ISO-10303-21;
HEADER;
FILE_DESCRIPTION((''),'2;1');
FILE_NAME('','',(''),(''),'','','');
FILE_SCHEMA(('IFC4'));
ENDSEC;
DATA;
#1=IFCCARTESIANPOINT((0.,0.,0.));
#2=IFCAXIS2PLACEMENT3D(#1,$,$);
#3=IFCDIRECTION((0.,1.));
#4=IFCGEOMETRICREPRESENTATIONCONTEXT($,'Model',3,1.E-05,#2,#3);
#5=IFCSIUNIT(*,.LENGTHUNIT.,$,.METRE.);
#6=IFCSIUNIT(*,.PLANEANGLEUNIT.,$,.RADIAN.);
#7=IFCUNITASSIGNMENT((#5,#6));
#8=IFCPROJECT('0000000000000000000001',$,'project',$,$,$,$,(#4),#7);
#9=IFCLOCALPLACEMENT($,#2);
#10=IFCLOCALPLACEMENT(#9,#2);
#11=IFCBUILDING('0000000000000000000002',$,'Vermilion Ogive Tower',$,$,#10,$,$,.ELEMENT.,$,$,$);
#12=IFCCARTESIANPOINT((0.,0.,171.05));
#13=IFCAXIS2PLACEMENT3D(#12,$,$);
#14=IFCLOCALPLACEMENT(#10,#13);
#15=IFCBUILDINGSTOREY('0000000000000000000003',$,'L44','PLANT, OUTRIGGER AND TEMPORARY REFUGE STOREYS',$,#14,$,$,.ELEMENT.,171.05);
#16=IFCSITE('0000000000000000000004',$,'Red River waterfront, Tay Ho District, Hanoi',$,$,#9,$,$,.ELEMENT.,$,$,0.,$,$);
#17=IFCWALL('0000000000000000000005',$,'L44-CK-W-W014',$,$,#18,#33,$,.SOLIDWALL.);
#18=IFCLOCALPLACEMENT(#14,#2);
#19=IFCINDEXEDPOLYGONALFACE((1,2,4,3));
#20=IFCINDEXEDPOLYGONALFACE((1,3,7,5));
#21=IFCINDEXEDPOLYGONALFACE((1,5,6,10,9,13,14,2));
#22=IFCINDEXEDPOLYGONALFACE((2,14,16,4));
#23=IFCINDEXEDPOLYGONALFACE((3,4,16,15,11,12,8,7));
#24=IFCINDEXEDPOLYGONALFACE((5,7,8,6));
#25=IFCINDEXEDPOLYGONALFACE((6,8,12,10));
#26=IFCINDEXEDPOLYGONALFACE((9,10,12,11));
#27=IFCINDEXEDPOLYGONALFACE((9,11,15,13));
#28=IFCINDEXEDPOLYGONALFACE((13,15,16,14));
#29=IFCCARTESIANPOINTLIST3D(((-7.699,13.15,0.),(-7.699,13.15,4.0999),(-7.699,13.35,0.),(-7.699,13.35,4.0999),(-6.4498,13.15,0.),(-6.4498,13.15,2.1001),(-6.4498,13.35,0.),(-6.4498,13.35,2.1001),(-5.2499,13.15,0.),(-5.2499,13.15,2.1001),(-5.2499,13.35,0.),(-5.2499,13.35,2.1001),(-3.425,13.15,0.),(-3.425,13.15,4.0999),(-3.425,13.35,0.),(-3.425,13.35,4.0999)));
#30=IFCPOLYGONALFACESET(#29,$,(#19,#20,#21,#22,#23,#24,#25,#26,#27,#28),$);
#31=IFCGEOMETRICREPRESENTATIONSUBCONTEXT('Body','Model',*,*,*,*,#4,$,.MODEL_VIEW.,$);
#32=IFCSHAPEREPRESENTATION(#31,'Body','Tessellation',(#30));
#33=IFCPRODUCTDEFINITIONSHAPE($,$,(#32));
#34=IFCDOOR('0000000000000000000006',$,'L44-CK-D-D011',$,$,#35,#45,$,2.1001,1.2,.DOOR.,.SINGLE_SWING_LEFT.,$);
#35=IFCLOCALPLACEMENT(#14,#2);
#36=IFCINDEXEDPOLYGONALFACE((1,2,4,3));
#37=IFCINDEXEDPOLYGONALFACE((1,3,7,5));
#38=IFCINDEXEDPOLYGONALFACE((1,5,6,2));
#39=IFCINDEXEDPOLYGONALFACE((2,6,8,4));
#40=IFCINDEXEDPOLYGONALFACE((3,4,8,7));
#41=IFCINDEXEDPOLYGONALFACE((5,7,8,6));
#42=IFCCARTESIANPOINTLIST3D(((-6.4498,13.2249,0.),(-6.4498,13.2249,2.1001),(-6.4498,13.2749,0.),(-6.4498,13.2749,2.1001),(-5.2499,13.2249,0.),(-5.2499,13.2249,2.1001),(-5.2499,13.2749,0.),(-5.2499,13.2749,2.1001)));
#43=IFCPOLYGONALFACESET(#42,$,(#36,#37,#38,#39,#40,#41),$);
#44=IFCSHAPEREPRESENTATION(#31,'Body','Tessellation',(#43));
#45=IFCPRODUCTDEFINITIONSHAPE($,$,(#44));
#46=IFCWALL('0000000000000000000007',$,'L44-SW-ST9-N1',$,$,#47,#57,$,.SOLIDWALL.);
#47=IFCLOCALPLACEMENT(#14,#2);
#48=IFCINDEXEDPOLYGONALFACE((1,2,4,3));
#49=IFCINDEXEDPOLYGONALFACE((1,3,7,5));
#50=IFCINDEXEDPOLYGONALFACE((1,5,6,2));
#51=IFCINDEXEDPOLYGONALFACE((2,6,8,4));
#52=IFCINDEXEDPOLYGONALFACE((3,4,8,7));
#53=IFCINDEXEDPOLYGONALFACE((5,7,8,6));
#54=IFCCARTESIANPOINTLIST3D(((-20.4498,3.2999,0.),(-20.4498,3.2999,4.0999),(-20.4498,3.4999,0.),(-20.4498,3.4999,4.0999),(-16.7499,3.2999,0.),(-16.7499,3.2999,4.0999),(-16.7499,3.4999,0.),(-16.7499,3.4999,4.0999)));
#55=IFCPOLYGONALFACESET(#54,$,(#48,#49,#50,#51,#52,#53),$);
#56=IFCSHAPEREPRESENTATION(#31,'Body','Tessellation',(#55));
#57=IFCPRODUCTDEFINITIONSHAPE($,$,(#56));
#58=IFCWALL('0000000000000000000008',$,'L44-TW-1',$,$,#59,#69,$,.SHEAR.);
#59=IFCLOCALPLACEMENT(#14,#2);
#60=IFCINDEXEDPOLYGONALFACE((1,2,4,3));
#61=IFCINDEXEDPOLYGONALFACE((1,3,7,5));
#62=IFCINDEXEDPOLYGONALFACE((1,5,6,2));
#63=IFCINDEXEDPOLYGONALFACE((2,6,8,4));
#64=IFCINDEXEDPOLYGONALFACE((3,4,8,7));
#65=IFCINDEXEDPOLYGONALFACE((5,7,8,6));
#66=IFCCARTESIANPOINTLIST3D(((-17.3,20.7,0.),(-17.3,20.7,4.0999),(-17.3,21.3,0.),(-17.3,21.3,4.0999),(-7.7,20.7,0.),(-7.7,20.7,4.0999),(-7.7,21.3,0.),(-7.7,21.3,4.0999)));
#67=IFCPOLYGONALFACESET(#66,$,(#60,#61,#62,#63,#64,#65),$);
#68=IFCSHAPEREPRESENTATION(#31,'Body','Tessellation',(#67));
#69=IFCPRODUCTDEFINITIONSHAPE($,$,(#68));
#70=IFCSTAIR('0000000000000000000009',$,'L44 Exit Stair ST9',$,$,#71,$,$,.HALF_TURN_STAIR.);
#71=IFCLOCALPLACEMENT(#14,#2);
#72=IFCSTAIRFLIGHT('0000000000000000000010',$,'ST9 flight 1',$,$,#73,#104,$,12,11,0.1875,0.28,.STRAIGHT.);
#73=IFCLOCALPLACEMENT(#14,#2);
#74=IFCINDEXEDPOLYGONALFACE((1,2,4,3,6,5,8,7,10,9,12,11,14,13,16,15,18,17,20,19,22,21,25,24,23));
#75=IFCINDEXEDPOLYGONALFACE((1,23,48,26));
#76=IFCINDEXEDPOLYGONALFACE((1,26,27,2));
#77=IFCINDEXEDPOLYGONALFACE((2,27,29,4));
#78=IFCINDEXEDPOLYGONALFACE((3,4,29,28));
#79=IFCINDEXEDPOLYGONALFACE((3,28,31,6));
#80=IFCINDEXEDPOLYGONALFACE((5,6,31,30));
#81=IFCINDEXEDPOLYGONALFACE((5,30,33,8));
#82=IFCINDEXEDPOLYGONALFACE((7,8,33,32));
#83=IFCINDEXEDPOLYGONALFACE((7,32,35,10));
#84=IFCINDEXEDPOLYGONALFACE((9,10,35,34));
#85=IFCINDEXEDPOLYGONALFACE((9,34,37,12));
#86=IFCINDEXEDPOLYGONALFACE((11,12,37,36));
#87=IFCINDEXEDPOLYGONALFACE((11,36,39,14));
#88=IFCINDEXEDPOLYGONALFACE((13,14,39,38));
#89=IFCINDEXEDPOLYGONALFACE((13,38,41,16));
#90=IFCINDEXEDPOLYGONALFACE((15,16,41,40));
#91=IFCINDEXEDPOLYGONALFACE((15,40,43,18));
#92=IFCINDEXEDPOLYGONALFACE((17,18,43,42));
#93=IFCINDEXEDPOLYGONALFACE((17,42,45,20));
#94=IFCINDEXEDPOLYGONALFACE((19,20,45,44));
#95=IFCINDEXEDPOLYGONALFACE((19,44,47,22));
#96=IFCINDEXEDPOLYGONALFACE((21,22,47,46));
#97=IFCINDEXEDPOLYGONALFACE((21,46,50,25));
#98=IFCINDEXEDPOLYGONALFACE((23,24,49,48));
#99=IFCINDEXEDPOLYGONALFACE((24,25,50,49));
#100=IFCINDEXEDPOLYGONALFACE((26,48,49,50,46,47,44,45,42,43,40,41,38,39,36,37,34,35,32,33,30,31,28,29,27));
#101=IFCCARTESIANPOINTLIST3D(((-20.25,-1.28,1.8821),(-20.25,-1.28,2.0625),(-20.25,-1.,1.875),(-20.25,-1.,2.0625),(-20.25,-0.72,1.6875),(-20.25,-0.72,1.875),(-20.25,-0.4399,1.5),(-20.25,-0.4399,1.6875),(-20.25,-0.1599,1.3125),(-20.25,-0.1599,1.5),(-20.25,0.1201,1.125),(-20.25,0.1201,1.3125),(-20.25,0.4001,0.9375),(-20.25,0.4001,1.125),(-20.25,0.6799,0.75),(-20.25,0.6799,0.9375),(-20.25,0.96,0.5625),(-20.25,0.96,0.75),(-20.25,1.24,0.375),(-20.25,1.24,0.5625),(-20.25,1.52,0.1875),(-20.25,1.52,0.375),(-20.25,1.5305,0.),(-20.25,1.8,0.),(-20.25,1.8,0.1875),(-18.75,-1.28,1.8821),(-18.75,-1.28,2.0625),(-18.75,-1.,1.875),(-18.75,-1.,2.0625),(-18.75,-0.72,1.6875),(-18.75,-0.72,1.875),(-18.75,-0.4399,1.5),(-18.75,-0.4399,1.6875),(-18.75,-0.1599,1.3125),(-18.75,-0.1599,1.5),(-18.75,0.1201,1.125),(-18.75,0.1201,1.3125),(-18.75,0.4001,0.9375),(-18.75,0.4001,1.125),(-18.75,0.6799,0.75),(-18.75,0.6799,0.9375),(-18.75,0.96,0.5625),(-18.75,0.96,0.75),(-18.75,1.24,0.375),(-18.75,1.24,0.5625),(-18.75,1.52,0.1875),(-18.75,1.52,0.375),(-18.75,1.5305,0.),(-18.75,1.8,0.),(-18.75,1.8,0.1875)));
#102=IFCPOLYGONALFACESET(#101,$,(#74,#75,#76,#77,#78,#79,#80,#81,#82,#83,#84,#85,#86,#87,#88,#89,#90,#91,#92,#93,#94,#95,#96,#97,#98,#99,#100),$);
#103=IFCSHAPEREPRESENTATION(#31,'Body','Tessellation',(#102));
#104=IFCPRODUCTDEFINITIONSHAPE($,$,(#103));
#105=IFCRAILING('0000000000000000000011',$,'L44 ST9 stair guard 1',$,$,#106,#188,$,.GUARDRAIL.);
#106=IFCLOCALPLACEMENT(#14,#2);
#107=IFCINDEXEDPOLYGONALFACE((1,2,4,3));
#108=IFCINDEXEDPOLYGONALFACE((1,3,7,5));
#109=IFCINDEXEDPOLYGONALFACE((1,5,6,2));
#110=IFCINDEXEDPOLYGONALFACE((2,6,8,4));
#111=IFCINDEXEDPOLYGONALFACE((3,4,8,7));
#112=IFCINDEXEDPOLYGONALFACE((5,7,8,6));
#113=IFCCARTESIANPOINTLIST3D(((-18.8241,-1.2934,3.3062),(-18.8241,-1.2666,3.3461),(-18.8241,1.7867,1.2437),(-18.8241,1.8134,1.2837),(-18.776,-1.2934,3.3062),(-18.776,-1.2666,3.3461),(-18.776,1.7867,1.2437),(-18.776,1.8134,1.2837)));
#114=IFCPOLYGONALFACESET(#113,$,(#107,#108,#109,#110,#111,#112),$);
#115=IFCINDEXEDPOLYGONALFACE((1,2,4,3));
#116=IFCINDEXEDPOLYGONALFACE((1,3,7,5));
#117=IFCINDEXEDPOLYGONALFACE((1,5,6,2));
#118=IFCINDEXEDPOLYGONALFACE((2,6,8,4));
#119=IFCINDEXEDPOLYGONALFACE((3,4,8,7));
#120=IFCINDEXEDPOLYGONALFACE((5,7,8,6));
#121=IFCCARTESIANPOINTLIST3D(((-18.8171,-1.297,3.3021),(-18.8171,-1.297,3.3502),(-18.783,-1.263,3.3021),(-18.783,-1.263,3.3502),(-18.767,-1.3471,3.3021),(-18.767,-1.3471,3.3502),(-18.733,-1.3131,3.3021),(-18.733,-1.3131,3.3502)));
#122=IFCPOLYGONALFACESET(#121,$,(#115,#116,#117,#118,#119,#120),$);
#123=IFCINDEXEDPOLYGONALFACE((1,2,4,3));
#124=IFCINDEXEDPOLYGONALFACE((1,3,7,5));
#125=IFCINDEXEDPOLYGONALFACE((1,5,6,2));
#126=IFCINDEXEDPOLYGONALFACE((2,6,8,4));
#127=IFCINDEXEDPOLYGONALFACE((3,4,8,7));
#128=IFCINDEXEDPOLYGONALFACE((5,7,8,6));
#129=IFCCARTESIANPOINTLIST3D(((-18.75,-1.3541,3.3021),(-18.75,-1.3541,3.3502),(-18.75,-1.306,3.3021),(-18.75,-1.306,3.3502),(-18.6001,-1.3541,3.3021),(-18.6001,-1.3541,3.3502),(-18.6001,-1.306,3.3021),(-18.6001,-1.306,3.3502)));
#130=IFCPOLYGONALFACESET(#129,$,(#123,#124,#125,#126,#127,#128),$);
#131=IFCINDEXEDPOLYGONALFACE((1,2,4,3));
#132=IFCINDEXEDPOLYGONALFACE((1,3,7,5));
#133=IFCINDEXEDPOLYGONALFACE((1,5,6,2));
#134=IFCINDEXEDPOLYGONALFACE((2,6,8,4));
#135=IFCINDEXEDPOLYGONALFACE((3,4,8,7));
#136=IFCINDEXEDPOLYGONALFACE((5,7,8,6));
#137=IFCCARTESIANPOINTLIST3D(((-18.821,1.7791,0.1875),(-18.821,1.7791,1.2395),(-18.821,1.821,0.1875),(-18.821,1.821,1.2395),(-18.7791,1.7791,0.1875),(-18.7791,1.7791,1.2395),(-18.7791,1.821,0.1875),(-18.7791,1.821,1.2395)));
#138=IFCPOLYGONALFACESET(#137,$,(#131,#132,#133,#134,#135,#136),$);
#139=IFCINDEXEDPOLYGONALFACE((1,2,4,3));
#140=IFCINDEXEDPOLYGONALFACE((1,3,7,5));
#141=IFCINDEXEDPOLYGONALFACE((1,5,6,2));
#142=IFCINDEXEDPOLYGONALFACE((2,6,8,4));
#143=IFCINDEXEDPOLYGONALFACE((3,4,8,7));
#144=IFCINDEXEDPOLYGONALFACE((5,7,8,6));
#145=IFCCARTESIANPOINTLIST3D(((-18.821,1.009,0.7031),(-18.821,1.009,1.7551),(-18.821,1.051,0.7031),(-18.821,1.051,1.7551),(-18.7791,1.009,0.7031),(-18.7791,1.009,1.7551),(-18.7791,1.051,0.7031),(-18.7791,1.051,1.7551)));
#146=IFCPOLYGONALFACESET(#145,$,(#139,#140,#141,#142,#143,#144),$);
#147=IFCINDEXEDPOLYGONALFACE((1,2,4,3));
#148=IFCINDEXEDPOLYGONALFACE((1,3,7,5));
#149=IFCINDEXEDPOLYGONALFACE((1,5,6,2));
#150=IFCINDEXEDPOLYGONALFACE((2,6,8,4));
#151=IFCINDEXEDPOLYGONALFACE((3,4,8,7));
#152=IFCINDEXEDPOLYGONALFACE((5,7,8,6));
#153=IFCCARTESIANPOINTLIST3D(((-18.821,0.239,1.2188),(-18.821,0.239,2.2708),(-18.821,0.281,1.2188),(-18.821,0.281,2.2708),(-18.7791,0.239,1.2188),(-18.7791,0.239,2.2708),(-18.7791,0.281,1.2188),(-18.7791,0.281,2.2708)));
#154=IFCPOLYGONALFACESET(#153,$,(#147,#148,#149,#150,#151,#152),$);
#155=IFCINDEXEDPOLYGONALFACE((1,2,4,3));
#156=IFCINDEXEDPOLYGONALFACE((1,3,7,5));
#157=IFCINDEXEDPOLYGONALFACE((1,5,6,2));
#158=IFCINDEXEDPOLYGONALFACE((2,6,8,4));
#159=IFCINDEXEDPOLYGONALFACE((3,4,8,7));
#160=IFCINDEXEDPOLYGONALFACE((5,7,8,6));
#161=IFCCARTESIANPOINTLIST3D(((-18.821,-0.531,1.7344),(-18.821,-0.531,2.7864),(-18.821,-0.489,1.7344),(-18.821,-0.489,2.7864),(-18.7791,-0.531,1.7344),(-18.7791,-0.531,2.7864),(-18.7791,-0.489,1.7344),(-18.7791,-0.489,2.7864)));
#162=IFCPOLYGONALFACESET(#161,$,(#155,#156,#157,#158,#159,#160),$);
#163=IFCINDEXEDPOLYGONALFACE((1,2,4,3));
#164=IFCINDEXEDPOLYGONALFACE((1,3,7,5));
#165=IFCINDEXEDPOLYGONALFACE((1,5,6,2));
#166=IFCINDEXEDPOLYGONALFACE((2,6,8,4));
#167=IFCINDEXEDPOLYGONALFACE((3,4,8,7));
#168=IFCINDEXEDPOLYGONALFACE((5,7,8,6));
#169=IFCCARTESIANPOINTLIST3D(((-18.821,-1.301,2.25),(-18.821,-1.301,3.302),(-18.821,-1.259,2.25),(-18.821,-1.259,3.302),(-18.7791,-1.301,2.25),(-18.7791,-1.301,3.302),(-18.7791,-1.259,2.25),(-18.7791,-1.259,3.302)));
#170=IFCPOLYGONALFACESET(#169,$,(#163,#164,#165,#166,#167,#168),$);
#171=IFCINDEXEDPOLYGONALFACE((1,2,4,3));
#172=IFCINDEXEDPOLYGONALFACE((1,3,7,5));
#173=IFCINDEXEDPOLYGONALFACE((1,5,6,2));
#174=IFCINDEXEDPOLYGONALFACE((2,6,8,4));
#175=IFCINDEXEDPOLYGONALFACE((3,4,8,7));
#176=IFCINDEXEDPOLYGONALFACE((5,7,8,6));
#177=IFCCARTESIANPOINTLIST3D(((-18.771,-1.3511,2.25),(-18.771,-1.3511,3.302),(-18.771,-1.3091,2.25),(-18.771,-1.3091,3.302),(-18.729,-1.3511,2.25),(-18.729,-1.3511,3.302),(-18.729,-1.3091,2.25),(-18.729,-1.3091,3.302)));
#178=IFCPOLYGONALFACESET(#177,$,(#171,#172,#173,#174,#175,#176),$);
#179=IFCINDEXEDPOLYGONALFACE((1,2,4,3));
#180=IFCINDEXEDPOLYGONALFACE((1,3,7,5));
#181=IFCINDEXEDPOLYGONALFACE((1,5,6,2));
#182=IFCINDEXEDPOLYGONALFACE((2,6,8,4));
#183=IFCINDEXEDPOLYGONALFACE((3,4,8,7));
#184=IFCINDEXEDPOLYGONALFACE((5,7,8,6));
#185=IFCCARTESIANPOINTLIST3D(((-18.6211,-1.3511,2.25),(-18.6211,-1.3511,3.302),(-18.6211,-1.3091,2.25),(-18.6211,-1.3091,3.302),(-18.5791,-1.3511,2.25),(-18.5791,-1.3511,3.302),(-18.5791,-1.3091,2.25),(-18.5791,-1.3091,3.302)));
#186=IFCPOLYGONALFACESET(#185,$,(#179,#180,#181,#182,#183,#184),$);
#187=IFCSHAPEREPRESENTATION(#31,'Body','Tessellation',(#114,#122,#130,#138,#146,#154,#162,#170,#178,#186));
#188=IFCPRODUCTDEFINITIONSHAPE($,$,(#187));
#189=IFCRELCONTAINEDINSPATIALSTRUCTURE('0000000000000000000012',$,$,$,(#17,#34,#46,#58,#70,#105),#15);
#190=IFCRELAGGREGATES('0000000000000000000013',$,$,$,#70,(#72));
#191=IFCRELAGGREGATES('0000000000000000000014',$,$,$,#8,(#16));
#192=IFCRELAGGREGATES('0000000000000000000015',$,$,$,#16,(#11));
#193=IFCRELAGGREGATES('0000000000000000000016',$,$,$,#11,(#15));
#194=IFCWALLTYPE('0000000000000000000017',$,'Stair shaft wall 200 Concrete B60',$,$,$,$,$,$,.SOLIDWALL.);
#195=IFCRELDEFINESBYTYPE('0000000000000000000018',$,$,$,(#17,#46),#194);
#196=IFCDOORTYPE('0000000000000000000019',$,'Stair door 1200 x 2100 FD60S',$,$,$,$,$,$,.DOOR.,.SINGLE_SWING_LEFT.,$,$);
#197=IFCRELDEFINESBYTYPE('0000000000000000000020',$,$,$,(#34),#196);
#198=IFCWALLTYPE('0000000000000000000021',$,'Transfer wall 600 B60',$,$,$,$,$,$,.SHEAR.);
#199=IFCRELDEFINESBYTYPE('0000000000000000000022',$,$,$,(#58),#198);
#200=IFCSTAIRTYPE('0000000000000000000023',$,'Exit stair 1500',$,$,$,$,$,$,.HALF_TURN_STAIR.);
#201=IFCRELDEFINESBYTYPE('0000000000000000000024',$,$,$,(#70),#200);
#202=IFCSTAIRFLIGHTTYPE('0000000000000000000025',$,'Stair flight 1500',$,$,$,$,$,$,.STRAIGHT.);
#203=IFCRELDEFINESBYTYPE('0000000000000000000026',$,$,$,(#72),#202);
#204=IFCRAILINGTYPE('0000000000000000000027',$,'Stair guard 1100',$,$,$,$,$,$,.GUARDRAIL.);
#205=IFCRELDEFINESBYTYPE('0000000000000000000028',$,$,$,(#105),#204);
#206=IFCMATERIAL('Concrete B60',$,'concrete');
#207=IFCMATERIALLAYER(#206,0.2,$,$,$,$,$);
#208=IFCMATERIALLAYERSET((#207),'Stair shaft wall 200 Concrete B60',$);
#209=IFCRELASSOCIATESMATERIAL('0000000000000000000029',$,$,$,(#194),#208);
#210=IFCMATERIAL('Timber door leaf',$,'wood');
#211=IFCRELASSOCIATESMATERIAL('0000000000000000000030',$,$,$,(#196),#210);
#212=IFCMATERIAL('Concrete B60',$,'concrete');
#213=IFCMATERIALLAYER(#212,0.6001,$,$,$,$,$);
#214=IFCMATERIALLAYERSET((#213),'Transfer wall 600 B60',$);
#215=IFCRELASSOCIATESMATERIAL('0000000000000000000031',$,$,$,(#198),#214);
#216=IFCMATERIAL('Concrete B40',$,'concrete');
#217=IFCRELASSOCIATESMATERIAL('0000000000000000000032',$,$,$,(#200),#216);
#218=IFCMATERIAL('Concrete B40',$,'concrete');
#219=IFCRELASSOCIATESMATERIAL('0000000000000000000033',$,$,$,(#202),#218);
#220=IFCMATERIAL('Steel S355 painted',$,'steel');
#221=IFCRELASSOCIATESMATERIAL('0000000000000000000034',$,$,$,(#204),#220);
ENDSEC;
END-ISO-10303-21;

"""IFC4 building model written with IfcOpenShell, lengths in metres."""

from ifc_helpers import new_model, si_unit, direction, frame, frame_2d, origin, origin_2d, place, context, subcontext, project, spatial, polyline, rectangle, outline, extrude, material, layer, layer_set, type_object, element, fill, aggregate, save


model = new_model("IFC4")

# Units and contexts
model_context = context("Model", 3, precision=1e-05, world=origin(), true_north=direction((0.0, 1.0)))
body_context = subcontext(model_context, "Body", "Model", "MODEL_VIEW")
ifc_project = project(units=[si_unit("LENGTHUNIT", "METRE"), si_unit("PLANEANGLEUNIT", "RADIAN")], contexts=[model_context])

# Site, building, storey
site_placement = place(None, origin())
site = spatial("IfcSite", under=ifc_project, at=site_placement, Name="Red River waterfront, Tay Ho District, Hanoi", CompositionType="ELEMENT", RefElevation=0.0)
building_placement = place(site_placement, origin())
building = spatial("IfcBuilding", under=site, at=building_placement, Name="Vermilion Ogive Tower", CompositionType="ELEMENT")
storey_placement = place(building_placement, frame((0.0, 0.0, 171.05)))
storey = spatial("IfcBuildingStorey", under=building, at=storey_placement, Name="L44", Description="PLANT, OUTRIGGER AND TEMPORARY REFUGE STOREYS", CompositionType="ELEMENT", Elevation=171.05)

# Wall, opening, door
ifc_material_1 = material(Name="Concrete B60", Category="concrete")
ifc_layer_1 = layer(ifc_material_1, 0.2)
ifc_layer_set_1 = layer_set([ifc_layer_1], Name="Stair shaft wall 200 Concrete B60")
wall_type_1 = type_object("IfcWallType", Name="Stair shaft wall 200 Concrete B60", PredefinedType="SOLIDWALL", material=ifc_layer_set_1)
wall_1_placement = place(storey_placement, frame((-7.699, 13.25, 0.0), z_axis=(0.0, 0.0, 1.0), x_axis=(1.0, 0.0, 0.0)))
wall_1 = element("IfcWall", 1, at=wall_1_placement, inside=storey, type_object=wall_type_1, Name="L44-CK-W-W014", PredefinedType="SOLIDWALL", context=body_context, shape_type="SweptSolid", body=[
    extrude(rectangle(XDim=4.2739, YDim=0.2, at=frame_2d((2.137, 0.0))), origin(), (0.0, 0.0, 1.0), 4.0999),
])
opening_1_placement = place(wall_1_placement, frame((1.249, 0.0, 0.0)))
opening_1 = element("IfcOpeningElement", 2, at=opening_1_placement, cuts=wall_1, PredefinedType="OPENING", context=body_context, shape_type="SweptSolid", body=[
    extrude(rectangle(XDim=1.2, YDim=2.1001, at=frame_2d((0.6001, 1.05))), frame((0.0, 0.1099, 0.0), z_axis=(0.0, -1.0, 0.0), x_axis=(1.0, 0.0, 0.0)), (0.0, 0.0, 1.0), 0.22),
])
ifc_material_2 = material(Name="Timber door leaf", Category="wood")
door_type_1 = type_object("IfcDoorType", Name="Stair door 1200 x 2100 FD60S", OperationType="SINGLE_SWING_LEFT", PredefinedType="DOOR", material=ifc_material_2)
door_1_placement = place(opening_1_placement, origin())
door_1 = element("IfcDoor", 3, at=door_1_placement, inside=storey, type_object=door_type_1, Name="L44-CK-D-D011", OperationType="SINGLE_SWING_LEFT", OverallHeight=2.1001, OverallWidth=1.2, PredefinedType="DOOR", context=body_context, shape_type="SweptSolid", body=[
    extrude(rectangle(XDim=1.2, YDim=2.1001, at=frame_2d((0.6001, 1.05))), frame((0.0, 0.0249, 0.0), z_axis=(0.0, -1.0, 0.0), x_axis=(1.0, 0.0, 0.0)), (0.0, 0.0, 1.0), 0.05),
])
fill(opening_1, door_1)

# Walls
wall_2_placement = place(storey_placement, frame((-20.45, 3.3999, 0.0), z_axis=(0.0, 0.0, 1.0), x_axis=(1.0, 0.0, 0.0)))
element("IfcWall", 4, at=wall_2_placement, inside=storey, type_object=wall_type_1, Name="L44-SW-ST9-N1", PredefinedType="SOLIDWALL", context=body_context, shape_type="SweptSolid", body=[
    extrude(rectangle(XDim=3.7, YDim=0.2, at=frame_2d((1.8501, 0.0))), origin(), (0.0, 0.0, 1.0), 4.0999),
])
ifc_material_3 = material(Name="Concrete B60", Category="concrete")
ifc_layer_2 = layer(ifc_material_3, 0.6001)
ifc_layer_set_2 = layer_set([ifc_layer_2], Name="Transfer wall 600 B60")
wall_type_2 = type_object("IfcWallType", Name="Transfer wall 600 B60", PredefinedType="SHEAR", material=ifc_layer_set_2)
wall_3_placement = place(storey_placement, frame((-17.3, 21.0, 0.0), z_axis=(0.0, 0.0, 1.0), x_axis=(1.0, 0.0, 0.0)))
element("IfcWall", 5, at=wall_3_placement, inside=storey, type_object=wall_type_2, Name="L44-TW-1", PredefinedType="SHEAR", context=body_context, shape_type="SweptSolid", body=[
    extrude(rectangle(XDim=9.6001, YDim=0.6001, at=frame_2d((4.8, 0.0))), origin(), (0.0, 0.0, 1.0), 4.0999),
])

# Stair, stair flight
ifc_material_4 = material(Name="Concrete B40", Category="concrete")
stair_type = type_object("IfcStairType", Name="Exit stair 1500", PredefinedType="HALF_TURN_STAIR", material=ifc_material_4)
stair_placement = place(storey_placement, origin())
stair = element("IfcStair", 6, at=stair_placement, inside=storey, type_object=stair_type, Name="L44 Exit Stair ST9", PredefinedType="HALF_TURN_STAIR")
ifc_material_5 = material(Name="Concrete B40", Category="concrete")
stair_flight_type = type_object("IfcStairFlightType", Name="Stair flight 1500", PredefinedType="STRAIGHT", material=ifc_material_5)
stair_flight_placement = place(storey_placement, frame((-19.5, 1.8, 0.0), z_axis=(0.0, 0.0, 1.0), x_axis=(0.0, -1.0, 0.0)))
stair_flight = element("IfcStairFlight", 7, at=stair_flight_placement, type_object=stair_flight_type, Name="ST9 flight 1", NumberOfRisers=12, NumberOfTreads=11, PredefinedType="STRAIGHT", RiserHeight=0.1875, TreadLength=0.28, context=body_context, shape_type="SweptSolid", body=[
    extrude(outline(polyline([(0.0, 0.0), (0.0, 0.1875), (0.28, 0.1875), (0.28, 0.375), (0.5601, 0.375), (0.5601, 0.5625), (0.8401, 0.5625), (0.8401, 0.75), (1.1201, 0.75), (1.1201, 0.9375), (1.3999, 0.9375), (1.3999, 1.125), (1.6799, 1.125), (1.6799, 1.3125), (1.96, 1.3125), (1.96, 1.5), (2.24, 1.5), (2.24, 1.6875), (2.52, 1.6875), (2.52, 1.875), (2.8, 1.875), (2.8, 2.0625), (3.0801, 2.0625), (3.0801, 2.25), (3.0801, 1.8821), (0.2695, 0.0), (0.0, 0.0)])), frame((0.0, 0.75, 0.0), z_axis=(0.0, -1.0, 0.0), x_axis=(1.0, 0.0, 0.0)), (0.0, 0.0, 1.0), 1.5),
])
aggregate(stair, [stair_flight])

# Railing
ifc_material_6 = material(Name="Steel S355 painted", Category="steel")
railing_type_1 = type_object("IfcRailingType", Name="Stair guard 1100", PredefinedType="GUARDRAIL", material=ifc_material_6)
railing_1_placement = place(storey_placement, frame((-18.8, 1.8, 0.1875)))
element("IfcRailing", 8, at=railing_1_placement, inside=storey, type_object=railing_type_1, Name="L44 ST9 stair guard 1", PredefinedType="GUARDRAIL", context=body_context, shape_type="SweptSolid", body=[
    extrude(rectangle(XDim=0.0481, YDim=0.0481, at=origin_2d()), frame((0.0, 0.0, 1.0762), z_axis=(0.0, -0.830914, 0.556401), x_axis=(1.0, 0.0, 0.0)), (0.0, 0.0, 1.0), 3.7068),
    extrude(rectangle(XDim=0.0481, YDim=0.0481, at=origin_2d()), frame((0.0, -3.0801, 3.1387), z_axis=(0.707107, -0.707107, 0.0), x_axis=(0.707107, 0.707107, 0.0)), (0.0, 0.0, 1.0), 0.0708),
    extrude(rectangle(XDim=0.0481, YDim=0.0481, at=origin_2d()), frame((0.05, -3.1301, 3.1387), z_axis=(1.0, 0.0, 0.0), x_axis=(0.0, 1.0, 0.0)), (0.0, 0.0, 1.0), 0.1499),
    extrude(rectangle(XDim=0.042, YDim=0.042, at=origin_2d()), origin(), (0.0, 0.0, 1.0), 1.052),
    extrude(rectangle(XDim=0.042, YDim=0.042, at=origin_2d()), frame((0.0, -0.77, 0.5156)), (0.0, 0.0, 1.0), 1.052),
    extrude(rectangle(XDim=0.042, YDim=0.042, at=origin_2d()), frame((0.0, -1.54, 1.0312)), (0.0, 0.0, 1.0), 1.052),
    extrude(rectangle(XDim=0.042, YDim=0.042, at=origin_2d()), frame((0.0, -2.3101, 1.5469)), (0.0, 0.0, 1.0), 1.052),
    extrude(rectangle(XDim=0.042, YDim=0.042, at=origin_2d()), frame((0.0, -3.0801, 2.0625)), (0.0, 0.0, 1.0), 1.052),
    extrude(rectangle(XDim=0.042, YDim=0.042, at=origin_2d()), frame((0.05, -3.1301, 2.0625)), (0.0, 0.0, 1.0), 1.052),
    extrude(rectangle(XDim=0.042, YDim=0.042, at=origin_2d()), frame((0.2, -3.1301, 2.0625)), (0.0, 0.0, 1.0), 1.052),
])

save(model, "model.ifc")
